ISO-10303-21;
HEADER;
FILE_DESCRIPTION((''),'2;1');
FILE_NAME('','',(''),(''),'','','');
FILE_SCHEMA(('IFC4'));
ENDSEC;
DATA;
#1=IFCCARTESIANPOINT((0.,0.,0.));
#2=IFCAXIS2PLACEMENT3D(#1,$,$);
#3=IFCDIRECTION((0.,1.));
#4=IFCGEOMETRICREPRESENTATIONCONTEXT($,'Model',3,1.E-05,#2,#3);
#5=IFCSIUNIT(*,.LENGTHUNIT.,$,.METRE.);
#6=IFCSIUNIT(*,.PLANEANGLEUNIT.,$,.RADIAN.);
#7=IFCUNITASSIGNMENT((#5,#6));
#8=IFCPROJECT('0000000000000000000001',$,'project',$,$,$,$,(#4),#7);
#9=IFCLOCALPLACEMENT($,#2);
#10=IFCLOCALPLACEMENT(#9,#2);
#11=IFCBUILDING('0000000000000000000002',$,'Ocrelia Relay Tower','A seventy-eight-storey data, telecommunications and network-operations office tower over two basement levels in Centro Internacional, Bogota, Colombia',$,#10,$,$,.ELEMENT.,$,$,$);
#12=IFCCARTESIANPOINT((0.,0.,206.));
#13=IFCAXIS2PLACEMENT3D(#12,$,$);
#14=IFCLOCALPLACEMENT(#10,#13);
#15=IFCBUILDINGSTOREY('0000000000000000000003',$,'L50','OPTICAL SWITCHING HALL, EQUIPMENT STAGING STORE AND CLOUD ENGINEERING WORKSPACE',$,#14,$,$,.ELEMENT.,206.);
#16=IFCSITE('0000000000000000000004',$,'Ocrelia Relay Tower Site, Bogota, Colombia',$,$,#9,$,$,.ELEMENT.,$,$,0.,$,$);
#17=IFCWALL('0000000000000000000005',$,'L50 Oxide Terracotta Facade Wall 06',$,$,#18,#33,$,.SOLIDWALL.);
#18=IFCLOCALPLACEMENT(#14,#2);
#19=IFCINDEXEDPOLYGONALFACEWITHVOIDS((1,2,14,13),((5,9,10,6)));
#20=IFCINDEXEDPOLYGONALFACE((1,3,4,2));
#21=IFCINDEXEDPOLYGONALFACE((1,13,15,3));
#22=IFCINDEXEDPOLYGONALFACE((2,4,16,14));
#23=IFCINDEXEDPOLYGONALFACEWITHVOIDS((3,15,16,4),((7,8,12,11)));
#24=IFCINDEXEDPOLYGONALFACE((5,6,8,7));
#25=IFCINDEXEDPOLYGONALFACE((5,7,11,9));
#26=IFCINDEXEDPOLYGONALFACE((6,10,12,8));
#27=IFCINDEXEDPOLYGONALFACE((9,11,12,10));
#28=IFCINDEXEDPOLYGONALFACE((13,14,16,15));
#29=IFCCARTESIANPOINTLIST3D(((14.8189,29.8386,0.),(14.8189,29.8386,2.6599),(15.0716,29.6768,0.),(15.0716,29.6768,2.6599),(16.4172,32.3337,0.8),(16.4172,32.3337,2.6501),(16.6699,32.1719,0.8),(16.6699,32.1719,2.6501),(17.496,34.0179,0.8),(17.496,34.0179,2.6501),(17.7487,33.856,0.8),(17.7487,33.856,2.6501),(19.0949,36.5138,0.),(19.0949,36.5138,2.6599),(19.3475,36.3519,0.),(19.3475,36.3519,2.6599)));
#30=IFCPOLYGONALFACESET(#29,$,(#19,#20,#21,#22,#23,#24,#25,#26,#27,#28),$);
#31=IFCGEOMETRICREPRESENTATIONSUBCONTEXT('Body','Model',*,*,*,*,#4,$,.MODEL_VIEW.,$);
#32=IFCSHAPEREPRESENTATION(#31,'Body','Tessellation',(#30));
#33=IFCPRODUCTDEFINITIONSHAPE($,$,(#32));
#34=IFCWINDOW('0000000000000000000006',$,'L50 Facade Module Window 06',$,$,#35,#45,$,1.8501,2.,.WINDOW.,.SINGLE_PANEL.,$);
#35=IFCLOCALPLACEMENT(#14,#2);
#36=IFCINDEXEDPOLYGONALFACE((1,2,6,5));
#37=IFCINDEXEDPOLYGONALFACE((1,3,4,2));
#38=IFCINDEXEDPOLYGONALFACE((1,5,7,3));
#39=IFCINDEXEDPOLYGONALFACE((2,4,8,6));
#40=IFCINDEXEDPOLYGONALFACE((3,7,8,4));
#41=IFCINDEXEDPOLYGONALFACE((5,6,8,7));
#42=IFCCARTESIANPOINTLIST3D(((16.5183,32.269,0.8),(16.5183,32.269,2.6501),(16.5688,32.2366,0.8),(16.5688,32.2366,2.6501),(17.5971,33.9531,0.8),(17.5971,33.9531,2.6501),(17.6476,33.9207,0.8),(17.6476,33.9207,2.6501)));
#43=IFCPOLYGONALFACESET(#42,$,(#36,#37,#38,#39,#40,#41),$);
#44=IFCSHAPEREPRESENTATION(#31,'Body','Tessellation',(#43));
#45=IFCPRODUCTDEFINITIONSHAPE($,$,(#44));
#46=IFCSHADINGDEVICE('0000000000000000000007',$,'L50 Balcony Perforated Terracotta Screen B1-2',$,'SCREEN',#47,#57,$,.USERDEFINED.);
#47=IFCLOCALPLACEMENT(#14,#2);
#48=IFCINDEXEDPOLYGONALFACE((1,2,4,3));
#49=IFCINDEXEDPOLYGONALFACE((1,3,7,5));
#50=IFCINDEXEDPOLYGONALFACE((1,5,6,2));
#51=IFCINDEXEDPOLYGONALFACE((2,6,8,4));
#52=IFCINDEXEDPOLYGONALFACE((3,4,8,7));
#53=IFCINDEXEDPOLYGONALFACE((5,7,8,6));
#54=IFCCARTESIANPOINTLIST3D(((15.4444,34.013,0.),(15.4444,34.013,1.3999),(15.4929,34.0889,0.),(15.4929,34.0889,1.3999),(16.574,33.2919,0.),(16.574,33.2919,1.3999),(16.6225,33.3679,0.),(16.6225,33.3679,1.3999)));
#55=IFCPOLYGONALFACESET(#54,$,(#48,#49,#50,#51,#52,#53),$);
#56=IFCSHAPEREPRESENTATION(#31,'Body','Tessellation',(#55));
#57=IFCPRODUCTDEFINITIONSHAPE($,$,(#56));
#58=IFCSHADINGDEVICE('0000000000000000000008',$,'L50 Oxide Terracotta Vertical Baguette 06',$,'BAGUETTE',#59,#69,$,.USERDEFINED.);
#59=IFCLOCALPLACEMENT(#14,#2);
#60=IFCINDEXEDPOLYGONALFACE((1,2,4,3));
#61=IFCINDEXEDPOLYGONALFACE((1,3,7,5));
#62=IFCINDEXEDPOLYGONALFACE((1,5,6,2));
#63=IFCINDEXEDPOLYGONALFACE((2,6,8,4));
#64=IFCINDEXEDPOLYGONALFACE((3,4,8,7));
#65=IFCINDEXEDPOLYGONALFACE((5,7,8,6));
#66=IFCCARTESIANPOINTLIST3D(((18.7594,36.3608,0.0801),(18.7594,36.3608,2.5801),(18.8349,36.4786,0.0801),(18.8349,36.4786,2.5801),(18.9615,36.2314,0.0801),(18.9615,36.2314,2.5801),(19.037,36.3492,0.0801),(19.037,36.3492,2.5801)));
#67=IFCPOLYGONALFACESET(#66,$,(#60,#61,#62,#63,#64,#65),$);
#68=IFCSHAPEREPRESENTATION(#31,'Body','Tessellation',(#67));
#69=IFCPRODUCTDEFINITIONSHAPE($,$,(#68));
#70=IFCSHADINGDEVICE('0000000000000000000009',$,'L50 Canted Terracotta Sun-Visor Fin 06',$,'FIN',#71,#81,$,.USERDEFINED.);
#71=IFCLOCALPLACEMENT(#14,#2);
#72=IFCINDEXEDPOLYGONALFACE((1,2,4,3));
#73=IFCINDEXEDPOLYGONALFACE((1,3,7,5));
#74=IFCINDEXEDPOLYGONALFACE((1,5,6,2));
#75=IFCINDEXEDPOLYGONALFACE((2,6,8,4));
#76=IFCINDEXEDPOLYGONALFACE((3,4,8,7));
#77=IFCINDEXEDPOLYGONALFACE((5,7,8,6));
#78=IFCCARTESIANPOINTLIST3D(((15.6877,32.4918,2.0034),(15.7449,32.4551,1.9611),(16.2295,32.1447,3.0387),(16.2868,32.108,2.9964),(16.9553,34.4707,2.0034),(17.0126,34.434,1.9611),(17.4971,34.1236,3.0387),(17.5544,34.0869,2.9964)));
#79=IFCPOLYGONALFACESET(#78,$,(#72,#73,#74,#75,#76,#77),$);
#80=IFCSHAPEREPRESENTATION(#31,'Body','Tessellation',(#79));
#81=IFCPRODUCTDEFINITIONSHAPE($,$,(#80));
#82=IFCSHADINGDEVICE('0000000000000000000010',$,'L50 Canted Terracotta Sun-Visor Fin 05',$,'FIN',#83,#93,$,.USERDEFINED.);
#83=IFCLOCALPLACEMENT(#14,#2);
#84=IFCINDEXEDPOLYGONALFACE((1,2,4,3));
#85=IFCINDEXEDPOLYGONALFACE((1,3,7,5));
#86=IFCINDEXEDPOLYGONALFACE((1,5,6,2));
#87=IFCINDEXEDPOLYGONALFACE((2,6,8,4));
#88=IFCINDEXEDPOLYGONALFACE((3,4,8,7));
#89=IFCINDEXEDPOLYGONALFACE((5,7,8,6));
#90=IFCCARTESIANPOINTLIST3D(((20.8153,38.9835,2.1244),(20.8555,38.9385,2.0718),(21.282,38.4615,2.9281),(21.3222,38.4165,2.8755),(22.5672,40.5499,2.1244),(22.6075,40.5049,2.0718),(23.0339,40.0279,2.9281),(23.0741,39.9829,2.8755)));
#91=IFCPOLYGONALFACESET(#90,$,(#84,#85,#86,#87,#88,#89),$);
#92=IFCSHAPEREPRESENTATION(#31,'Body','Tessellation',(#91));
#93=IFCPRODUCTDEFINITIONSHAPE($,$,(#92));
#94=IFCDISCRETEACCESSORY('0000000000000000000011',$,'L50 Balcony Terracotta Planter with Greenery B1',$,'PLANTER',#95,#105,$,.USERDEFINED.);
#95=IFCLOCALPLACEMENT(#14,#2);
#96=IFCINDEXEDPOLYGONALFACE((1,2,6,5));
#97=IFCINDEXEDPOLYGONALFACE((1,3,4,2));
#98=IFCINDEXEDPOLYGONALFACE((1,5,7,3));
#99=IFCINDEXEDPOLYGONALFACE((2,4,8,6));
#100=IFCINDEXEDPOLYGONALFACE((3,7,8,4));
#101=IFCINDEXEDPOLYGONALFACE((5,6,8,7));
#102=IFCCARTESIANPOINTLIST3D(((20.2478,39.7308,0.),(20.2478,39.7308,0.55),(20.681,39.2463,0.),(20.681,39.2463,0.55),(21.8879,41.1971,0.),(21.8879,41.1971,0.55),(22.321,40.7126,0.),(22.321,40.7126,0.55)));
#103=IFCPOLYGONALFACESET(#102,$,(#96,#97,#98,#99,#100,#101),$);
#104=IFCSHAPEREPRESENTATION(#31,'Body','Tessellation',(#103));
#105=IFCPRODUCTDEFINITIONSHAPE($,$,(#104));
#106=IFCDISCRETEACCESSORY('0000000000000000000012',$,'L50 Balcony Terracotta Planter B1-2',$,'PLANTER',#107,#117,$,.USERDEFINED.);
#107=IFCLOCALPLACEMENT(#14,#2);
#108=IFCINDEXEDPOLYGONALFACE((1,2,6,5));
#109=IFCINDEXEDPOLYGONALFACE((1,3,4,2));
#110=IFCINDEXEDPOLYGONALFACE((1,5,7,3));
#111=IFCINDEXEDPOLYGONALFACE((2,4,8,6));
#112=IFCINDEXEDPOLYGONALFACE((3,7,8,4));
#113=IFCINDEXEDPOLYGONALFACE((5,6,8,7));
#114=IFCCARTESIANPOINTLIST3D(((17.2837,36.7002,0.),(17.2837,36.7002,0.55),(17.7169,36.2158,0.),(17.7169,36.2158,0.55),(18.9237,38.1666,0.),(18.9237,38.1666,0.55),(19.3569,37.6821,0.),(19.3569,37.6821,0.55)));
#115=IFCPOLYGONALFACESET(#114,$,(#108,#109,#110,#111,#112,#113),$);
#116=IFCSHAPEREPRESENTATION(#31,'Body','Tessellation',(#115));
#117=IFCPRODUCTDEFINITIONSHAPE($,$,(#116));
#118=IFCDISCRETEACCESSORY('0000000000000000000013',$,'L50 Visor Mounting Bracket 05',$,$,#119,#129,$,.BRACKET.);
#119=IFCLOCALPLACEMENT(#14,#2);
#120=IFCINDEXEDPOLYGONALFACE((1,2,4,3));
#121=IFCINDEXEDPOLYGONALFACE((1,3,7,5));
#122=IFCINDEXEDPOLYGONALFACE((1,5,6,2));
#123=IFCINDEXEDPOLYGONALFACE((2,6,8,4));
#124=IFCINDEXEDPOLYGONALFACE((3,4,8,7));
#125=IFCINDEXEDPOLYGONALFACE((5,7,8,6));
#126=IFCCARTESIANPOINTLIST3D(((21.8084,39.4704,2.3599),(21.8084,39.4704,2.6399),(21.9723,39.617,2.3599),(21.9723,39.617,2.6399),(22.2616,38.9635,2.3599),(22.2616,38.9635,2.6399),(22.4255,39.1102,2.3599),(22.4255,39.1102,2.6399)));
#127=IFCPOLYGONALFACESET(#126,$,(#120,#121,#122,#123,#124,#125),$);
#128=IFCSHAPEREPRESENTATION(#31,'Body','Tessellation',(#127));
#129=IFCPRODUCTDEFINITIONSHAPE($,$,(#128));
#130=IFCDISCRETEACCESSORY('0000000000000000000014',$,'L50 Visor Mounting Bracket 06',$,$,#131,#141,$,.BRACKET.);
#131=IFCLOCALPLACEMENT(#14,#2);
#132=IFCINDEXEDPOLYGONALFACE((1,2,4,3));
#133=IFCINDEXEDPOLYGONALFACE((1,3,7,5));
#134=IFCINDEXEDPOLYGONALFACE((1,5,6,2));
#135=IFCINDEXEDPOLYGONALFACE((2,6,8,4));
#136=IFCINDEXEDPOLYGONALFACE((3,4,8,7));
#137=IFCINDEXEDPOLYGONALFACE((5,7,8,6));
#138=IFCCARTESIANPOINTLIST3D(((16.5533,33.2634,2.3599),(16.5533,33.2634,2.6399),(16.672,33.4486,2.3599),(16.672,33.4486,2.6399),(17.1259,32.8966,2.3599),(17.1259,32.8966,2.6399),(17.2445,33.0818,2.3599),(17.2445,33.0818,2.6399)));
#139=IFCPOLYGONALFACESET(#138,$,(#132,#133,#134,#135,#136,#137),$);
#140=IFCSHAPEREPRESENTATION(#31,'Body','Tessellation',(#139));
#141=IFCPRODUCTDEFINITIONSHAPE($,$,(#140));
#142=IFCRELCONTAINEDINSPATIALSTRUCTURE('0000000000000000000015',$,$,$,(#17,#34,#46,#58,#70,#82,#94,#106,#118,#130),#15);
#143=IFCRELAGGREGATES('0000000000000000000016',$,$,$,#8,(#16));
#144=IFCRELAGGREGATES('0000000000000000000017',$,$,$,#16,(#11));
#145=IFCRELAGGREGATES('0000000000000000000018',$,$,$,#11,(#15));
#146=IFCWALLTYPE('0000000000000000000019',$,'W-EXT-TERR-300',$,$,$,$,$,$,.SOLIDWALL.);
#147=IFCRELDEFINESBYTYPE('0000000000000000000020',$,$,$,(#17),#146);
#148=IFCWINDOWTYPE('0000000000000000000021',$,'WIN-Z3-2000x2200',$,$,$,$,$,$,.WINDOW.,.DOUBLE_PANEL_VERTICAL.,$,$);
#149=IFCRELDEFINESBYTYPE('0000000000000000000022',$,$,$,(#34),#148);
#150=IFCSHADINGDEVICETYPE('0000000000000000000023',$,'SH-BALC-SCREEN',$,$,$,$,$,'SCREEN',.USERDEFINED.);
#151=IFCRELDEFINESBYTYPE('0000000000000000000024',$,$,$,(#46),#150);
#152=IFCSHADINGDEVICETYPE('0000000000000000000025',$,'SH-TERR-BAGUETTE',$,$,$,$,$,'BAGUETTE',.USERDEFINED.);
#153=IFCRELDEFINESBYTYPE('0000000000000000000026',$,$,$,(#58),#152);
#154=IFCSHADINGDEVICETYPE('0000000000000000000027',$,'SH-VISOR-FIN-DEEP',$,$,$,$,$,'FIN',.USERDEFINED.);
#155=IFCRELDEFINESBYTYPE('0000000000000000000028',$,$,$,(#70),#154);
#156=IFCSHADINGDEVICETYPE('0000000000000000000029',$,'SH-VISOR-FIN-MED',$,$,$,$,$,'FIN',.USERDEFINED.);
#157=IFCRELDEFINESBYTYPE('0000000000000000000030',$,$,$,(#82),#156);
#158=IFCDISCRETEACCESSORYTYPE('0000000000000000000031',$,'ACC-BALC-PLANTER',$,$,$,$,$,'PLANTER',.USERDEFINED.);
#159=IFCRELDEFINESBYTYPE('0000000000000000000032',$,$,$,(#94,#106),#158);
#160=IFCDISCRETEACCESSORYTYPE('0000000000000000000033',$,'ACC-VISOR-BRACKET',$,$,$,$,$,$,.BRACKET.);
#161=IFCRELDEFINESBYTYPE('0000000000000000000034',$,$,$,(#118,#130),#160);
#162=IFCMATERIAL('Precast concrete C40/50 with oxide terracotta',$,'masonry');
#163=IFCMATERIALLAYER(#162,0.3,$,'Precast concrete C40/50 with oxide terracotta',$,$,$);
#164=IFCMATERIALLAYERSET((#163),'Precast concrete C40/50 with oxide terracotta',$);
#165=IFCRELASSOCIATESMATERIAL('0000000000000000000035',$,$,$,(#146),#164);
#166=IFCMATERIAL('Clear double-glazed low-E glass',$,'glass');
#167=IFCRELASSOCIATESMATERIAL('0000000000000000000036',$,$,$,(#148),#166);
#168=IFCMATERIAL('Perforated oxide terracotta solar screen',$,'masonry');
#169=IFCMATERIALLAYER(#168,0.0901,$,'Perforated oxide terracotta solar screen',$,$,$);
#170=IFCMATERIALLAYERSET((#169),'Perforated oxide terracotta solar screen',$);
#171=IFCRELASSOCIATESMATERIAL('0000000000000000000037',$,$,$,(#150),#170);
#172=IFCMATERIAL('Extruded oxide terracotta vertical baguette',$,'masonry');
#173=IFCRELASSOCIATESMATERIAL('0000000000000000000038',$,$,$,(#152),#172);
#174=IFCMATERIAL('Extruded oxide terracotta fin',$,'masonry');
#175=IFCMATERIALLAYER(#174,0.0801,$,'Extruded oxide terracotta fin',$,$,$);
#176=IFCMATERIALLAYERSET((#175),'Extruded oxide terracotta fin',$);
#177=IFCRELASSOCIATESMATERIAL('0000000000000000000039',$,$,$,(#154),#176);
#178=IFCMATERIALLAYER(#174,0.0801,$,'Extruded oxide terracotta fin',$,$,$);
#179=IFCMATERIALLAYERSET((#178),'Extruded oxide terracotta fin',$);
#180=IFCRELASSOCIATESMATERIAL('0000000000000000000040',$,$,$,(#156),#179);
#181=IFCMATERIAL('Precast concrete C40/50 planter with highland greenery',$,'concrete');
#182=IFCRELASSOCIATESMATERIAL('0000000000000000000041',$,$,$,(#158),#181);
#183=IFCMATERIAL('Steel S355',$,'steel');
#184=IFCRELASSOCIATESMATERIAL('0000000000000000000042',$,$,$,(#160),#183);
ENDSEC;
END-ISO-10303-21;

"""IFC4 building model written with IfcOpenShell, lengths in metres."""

from ifc_helpers import new_model, si_unit, direction, frame, frame_2d, origin, origin_2d, place, context, subcontext, project, spatial, rectangle, extrude, material, layer, layer_set, type_object, element, fill, save


model = new_model("IFC4")

# Units and contexts
model_context = context("Model", 3, precision=1e-05, world=origin(), true_north=direction((0.0, 1.0)))
body_context = subcontext(model_context, "Body", "Model", "MODEL_VIEW")
ifc_project = project(units=[si_unit("LENGTHUNIT", "METRE"), si_unit("PLANEANGLEUNIT", "RADIAN")], contexts=[model_context])

# Site, building, storey
site_placement = place(None, origin())
site = spatial("IfcSite", under=ifc_project, at=site_placement, Name="Ocrelia Relay Tower Site, Bogota, Colombia", CompositionType="ELEMENT", RefElevation=0.0)
building_placement = place(site_placement, origin())
building = spatial("IfcBuilding", under=site, at=building_placement, Name="Ocrelia Relay Tower", Description="A seventy-eight-storey data, telecommunications and network-operations office tower over two basement levels in Centro Internacional, Bogota, Colombia", CompositionType="ELEMENT")
storey_placement = place(building_placement, frame((0.0, 0.0, 206.0)))
storey = spatial("IfcBuildingStorey", under=building, at=storey_placement, Name="L50", Description="OPTICAL SWITCHING HALL, EQUIPMENT STAGING STORE AND CLOUD ENGINEERING WORKSPACE", CompositionType="ELEMENT", Elevation=206.0)

# Shared definitions
ifc_material_1 = material(Name="Steel S355", Category="steel")

# Wall, opening, window
ifc_material_2 = material(Name="Precast concrete C40/50 with oxide terracotta", Category="masonry")
ifc_layer_1 = layer(ifc_material_2, 0.3, Name="Precast concrete C40/50 with oxide terracotta")
ifc_layer_set_1 = layer_set([ifc_layer_1], Name="Precast concrete C40/50 with oxide terracotta")
wall_type_1 = type_object("IfcWallType", Name="W-EXT-TERR-300", PredefinedType="SOLIDWALL", material=ifc_layer_set_1)
wall_1_placement = place(storey_placement, frame((19.2212, 36.4329, 0.0), z_axis=(0.0, 0.0, 1.0), x_axis=(-0.539398, -0.842051, 0.0)))
wall_1 = element("IfcWall", 1, at=wall_1_placement, inside=storey, type_object=wall_type_1, Name="L50 Oxide Terracotta Facade Wall 06", PredefinedType="SOLIDWALL", context=body_context, shape_type="SweptSolid", body=[
    extrude(rectangle(XDim=7.9272, YDim=0.3, at=frame_2d((3.9636, 0.0))), origin(), (0.0, 0.0, 1.0), 2.6599),
])
opening_placement = place(wall_1_placement, frame((2.9641, 0.0, 0.8)))
opening = element("IfcOpeningElement", 2, at=opening_placement, cuts=wall_1, PredefinedType="OPENING", context=body_context, shape_type="SweptSolid", body=[
    extrude(rectangle(XDim=2.0, YDim=1.8501, at=frame_2d((1.0, 0.925))), frame((0.0, 0.1602, 0.0), z_axis=(0.0, -1.0, 0.0), x_axis=(1.0, 0.0, 0.0)), (0.0, 0.0, 1.0), 0.3201),
])
ifc_material_3 = material(Name="Clear double-glazed low-E glass", Category="glass")
window_type = type_object("IfcWindowType", Name="WIN-Z3-2000x2200", PartitioningType="DOUBLE_PANEL_VERTICAL", PredefinedType="WINDOW", material=ifc_material_3)
window_placement = place(opening_placement, origin())
window = element("IfcWindow", 3, at=window_placement, inside=storey, type_object=window_type, Name="L50 Facade Module Window 06", OverallHeight=1.8501, OverallWidth=2.0, PartitioningType="SINGLE_PANEL", PredefinedType="WINDOW", context=body_context, shape_type="SweptSolid", body=[
    extrude(rectangle(XDim=2.0, YDim=1.8501, at=frame_2d((1.0, 0.925))), frame((0.0, 0.03, 0.0), z_axis=(0.0, -1.0, 0.0), x_axis=(1.0, 0.0, 0.0)), (0.0, 0.0, 1.0), 0.0601),
])
fill(opening, window)

# Shading devices
ifc_material_4 = material(Name="Perforated oxide terracotta solar screen", Category="masonry")
ifc_layer_2 = layer(ifc_material_4, 0.0901, Name="Perforated oxide terracotta solar screen")
ifc_layer_set_2 = layer_set([ifc_layer_2], Name="Perforated oxide terracotta solar screen")
shading_device_type_1 = type_object("IfcShadingDeviceType", Name="SH-BALC-SCREEN", ElementType="SCREEN", PredefinedType="USERDEFINED", material=ifc_layer_set_2)
shading_device_1_placement = place(storey_placement, frame((16.0334, 33.6904, 0.0), z_axis=(0.0, 0.0, 1.0), x_axis=(-0.842904, 0.538064, 0.0)))
element("IfcShadingDevice", 4, at=shading_device_1_placement, inside=storey, type_object=shading_device_type_1, Name="L50 Balcony Perforated Terracotta Screen B1-2", ObjectType="SCREEN", PredefinedType="USERDEFINED", context=body_context, shape_type="SweptSolid", body=[
    extrude(rectangle(XDim=1.3401, YDim=0.0901, at=origin_2d()), origin(), (0.0, 0.0, 1.0), 1.3999),
])
ifc_material_5 = material(Name="Extruded oxide terracotta vertical baguette", Category="masonry")
shading_device_type_2 = type_object("IfcShadingDeviceType", Name="SH-TERR-BAGUETTE", ElementType="BAGUETTE", PredefinedType="USERDEFINED", material=ifc_material_5)
shading_device_2_placement = place(storey_placement, frame((18.8982, 36.355, 0.0801), z_axis=(0.0, 0.0, 1.0), x_axis=(-0.539388, -0.842057, 0.0)))
element("IfcShadingDevice", 5, at=shading_device_2_placement, inside=storey, type_object=shading_device_type_2, Name="L50 Oxide Terracotta Vertical Baguette 06", ObjectType="BAGUETTE", PredefinedType="USERDEFINED", context=body_context, shape_type="SweptSolid", body=[
    extrude(rectangle(XDim=0.1399, YDim=0.24, at=origin_2d()), origin(), (0.0, 0.0, 1.0), 2.5),
])
ifc_material_6 = material(Name="Extruded oxide terracotta fin", Category="masonry")
ifc_layer_3 = layer(ifc_material_6, 0.0801, Name="Extruded oxide terracotta fin")
ifc_layer_set_3 = layer_set([ifc_layer_3], Name="Extruded oxide terracotta fin")
shading_device_type_3 = type_object("IfcShadingDeviceType", Name="SH-VISOR-FIN-DEEP", ElementType="FIN", PredefinedType="USERDEFINED", material=ifc_layer_set_3)
shading_device_3_placement = place(storey_placement, frame((16.6497, 33.271, 2.4788), z_axis=(-0.715193, 0.458124, 0.527846), x_axis=(-0.539388, -0.842057, 0.0)))
element("IfcShadingDevice", 6, at=shading_device_3_placement, inside=storey, type_object=shading_device_type_3, Name="L50 Canted Terracotta Sun-Visor Fin 06", ObjectType="FIN", PredefinedType="USERDEFINED", context=body_context, shape_type="SweptSolid", body=[
    extrude(rectangle(XDim=2.3501, YDim=1.219, at=origin_2d()), origin(), (0.0, 0.0, 1.0), 0.0801),
])
ifc_layer_4 = layer(ifc_material_6, 0.0801, Name="Extruded oxide terracotta fin")
ifc_layer_set_4 = layer_set([ifc_layer_4], Name="Extruded oxide terracotta fin")
shading_device_type_4 = type_object("IfcShadingDeviceType", Name="SH-VISOR-FIN-MED", ElementType="FIN", PredefinedType="USERDEFINED", material=ifc_layer_set_4)
shading_device_4_placement = place(storey_placement, frame((21.9648, 39.4607, 2.4736), z_axis=(-0.502583, 0.562103, 0.656849), x_axis=(-0.745473, -0.666536, 0.0)))
element("IfcShadingDevice", 7, at=shading_device_4_placement, inside=storey, type_object=shading_device_type_4, Name="L50 Canted Terracotta Sun-Visor Fin 05", ObjectType="FIN", PredefinedType="USERDEFINED", context=body_context, shape_type="SweptSolid", body=[
    extrude(rectangle(XDim=2.3501, YDim=1.0659, at=origin_2d()), origin(), (0.0, 0.0, 1.0), 0.0801),
])

# Discrete accessories
ifc_material_7 = material(Name="Precast concrete C40/50 planter with highland greenery", Category="concrete")
discrete_accessory_type_1 = type_object("IfcDiscreteAccessoryType", Name="ACC-BALC-PLANTER", ElementType="PLANTER", PredefinedType="USERDEFINED", material=ifc_material_7)
for number, where, z_axis, x_axis, name in (
    (8, (21.2844, 40.2217, 0.0), (0.0, 0.0, 1.0), (0.745485, 0.666523, 0.0), "L50 Balcony Terracotta Planter with Greenery B1"),
    (9, (18.3203, 37.1912, 0.0), (0.0, 0.0, 1.0), (0.745485, 0.666523, 0.0), "L50 Balcony Terracotta Planter B1-2"),
):
    element("IfcDiscreteAccessory", number, at=place(storey_placement, frame(where, z_axis=z_axis, x_axis=x_axis)), inside=storey, type_object=discrete_accessory_type_1, Name=name, ObjectType="PLANTER", PredefinedType="USERDEFINED", context=body_context, shape_type="SweptSolid", body=[
        extrude(rectangle(XDim=2.2, YDim=0.6499, at=origin_2d()), origin(), (0.0, 0.0, 1.0), 0.55),
    ])
discrete_accessory_type_2 = type_object("IfcDiscreteAccessoryType", Name="ACC-VISOR-BRACKET", PredefinedType="BRACKET", material=ifc_material_1)
for number, where, z_axis, x_axis, name in (
    (10, (22.1169, 39.2903, 2.3599), (0.0, 0.0, 1.0), (-0.745473, -0.666536, 0.0), "L50 Visor Mounting Bracket 05"),
    (11, (16.8989, 33.1726, 2.3599), (0.0, 0.0, 1.0), (-0.539388, -0.842057, 0.0), "L50 Visor Mounting Bracket 06"),
):
    element("IfcDiscreteAccessory", number, at=place(storey_placement, frame(where, z_axis=z_axis, x_axis=x_axis)), inside=storey, type_object=discrete_accessory_type_2, Name=name, PredefinedType="BRACKET", context=body_context, shape_type="SweptSolid", body=[
        extrude(rectangle(XDim=0.22, YDim=0.6799, at=origin_2d()), origin(), (0.0, 0.0, 1.0), 0.28),
    ])

save(model, "model.ifc")
